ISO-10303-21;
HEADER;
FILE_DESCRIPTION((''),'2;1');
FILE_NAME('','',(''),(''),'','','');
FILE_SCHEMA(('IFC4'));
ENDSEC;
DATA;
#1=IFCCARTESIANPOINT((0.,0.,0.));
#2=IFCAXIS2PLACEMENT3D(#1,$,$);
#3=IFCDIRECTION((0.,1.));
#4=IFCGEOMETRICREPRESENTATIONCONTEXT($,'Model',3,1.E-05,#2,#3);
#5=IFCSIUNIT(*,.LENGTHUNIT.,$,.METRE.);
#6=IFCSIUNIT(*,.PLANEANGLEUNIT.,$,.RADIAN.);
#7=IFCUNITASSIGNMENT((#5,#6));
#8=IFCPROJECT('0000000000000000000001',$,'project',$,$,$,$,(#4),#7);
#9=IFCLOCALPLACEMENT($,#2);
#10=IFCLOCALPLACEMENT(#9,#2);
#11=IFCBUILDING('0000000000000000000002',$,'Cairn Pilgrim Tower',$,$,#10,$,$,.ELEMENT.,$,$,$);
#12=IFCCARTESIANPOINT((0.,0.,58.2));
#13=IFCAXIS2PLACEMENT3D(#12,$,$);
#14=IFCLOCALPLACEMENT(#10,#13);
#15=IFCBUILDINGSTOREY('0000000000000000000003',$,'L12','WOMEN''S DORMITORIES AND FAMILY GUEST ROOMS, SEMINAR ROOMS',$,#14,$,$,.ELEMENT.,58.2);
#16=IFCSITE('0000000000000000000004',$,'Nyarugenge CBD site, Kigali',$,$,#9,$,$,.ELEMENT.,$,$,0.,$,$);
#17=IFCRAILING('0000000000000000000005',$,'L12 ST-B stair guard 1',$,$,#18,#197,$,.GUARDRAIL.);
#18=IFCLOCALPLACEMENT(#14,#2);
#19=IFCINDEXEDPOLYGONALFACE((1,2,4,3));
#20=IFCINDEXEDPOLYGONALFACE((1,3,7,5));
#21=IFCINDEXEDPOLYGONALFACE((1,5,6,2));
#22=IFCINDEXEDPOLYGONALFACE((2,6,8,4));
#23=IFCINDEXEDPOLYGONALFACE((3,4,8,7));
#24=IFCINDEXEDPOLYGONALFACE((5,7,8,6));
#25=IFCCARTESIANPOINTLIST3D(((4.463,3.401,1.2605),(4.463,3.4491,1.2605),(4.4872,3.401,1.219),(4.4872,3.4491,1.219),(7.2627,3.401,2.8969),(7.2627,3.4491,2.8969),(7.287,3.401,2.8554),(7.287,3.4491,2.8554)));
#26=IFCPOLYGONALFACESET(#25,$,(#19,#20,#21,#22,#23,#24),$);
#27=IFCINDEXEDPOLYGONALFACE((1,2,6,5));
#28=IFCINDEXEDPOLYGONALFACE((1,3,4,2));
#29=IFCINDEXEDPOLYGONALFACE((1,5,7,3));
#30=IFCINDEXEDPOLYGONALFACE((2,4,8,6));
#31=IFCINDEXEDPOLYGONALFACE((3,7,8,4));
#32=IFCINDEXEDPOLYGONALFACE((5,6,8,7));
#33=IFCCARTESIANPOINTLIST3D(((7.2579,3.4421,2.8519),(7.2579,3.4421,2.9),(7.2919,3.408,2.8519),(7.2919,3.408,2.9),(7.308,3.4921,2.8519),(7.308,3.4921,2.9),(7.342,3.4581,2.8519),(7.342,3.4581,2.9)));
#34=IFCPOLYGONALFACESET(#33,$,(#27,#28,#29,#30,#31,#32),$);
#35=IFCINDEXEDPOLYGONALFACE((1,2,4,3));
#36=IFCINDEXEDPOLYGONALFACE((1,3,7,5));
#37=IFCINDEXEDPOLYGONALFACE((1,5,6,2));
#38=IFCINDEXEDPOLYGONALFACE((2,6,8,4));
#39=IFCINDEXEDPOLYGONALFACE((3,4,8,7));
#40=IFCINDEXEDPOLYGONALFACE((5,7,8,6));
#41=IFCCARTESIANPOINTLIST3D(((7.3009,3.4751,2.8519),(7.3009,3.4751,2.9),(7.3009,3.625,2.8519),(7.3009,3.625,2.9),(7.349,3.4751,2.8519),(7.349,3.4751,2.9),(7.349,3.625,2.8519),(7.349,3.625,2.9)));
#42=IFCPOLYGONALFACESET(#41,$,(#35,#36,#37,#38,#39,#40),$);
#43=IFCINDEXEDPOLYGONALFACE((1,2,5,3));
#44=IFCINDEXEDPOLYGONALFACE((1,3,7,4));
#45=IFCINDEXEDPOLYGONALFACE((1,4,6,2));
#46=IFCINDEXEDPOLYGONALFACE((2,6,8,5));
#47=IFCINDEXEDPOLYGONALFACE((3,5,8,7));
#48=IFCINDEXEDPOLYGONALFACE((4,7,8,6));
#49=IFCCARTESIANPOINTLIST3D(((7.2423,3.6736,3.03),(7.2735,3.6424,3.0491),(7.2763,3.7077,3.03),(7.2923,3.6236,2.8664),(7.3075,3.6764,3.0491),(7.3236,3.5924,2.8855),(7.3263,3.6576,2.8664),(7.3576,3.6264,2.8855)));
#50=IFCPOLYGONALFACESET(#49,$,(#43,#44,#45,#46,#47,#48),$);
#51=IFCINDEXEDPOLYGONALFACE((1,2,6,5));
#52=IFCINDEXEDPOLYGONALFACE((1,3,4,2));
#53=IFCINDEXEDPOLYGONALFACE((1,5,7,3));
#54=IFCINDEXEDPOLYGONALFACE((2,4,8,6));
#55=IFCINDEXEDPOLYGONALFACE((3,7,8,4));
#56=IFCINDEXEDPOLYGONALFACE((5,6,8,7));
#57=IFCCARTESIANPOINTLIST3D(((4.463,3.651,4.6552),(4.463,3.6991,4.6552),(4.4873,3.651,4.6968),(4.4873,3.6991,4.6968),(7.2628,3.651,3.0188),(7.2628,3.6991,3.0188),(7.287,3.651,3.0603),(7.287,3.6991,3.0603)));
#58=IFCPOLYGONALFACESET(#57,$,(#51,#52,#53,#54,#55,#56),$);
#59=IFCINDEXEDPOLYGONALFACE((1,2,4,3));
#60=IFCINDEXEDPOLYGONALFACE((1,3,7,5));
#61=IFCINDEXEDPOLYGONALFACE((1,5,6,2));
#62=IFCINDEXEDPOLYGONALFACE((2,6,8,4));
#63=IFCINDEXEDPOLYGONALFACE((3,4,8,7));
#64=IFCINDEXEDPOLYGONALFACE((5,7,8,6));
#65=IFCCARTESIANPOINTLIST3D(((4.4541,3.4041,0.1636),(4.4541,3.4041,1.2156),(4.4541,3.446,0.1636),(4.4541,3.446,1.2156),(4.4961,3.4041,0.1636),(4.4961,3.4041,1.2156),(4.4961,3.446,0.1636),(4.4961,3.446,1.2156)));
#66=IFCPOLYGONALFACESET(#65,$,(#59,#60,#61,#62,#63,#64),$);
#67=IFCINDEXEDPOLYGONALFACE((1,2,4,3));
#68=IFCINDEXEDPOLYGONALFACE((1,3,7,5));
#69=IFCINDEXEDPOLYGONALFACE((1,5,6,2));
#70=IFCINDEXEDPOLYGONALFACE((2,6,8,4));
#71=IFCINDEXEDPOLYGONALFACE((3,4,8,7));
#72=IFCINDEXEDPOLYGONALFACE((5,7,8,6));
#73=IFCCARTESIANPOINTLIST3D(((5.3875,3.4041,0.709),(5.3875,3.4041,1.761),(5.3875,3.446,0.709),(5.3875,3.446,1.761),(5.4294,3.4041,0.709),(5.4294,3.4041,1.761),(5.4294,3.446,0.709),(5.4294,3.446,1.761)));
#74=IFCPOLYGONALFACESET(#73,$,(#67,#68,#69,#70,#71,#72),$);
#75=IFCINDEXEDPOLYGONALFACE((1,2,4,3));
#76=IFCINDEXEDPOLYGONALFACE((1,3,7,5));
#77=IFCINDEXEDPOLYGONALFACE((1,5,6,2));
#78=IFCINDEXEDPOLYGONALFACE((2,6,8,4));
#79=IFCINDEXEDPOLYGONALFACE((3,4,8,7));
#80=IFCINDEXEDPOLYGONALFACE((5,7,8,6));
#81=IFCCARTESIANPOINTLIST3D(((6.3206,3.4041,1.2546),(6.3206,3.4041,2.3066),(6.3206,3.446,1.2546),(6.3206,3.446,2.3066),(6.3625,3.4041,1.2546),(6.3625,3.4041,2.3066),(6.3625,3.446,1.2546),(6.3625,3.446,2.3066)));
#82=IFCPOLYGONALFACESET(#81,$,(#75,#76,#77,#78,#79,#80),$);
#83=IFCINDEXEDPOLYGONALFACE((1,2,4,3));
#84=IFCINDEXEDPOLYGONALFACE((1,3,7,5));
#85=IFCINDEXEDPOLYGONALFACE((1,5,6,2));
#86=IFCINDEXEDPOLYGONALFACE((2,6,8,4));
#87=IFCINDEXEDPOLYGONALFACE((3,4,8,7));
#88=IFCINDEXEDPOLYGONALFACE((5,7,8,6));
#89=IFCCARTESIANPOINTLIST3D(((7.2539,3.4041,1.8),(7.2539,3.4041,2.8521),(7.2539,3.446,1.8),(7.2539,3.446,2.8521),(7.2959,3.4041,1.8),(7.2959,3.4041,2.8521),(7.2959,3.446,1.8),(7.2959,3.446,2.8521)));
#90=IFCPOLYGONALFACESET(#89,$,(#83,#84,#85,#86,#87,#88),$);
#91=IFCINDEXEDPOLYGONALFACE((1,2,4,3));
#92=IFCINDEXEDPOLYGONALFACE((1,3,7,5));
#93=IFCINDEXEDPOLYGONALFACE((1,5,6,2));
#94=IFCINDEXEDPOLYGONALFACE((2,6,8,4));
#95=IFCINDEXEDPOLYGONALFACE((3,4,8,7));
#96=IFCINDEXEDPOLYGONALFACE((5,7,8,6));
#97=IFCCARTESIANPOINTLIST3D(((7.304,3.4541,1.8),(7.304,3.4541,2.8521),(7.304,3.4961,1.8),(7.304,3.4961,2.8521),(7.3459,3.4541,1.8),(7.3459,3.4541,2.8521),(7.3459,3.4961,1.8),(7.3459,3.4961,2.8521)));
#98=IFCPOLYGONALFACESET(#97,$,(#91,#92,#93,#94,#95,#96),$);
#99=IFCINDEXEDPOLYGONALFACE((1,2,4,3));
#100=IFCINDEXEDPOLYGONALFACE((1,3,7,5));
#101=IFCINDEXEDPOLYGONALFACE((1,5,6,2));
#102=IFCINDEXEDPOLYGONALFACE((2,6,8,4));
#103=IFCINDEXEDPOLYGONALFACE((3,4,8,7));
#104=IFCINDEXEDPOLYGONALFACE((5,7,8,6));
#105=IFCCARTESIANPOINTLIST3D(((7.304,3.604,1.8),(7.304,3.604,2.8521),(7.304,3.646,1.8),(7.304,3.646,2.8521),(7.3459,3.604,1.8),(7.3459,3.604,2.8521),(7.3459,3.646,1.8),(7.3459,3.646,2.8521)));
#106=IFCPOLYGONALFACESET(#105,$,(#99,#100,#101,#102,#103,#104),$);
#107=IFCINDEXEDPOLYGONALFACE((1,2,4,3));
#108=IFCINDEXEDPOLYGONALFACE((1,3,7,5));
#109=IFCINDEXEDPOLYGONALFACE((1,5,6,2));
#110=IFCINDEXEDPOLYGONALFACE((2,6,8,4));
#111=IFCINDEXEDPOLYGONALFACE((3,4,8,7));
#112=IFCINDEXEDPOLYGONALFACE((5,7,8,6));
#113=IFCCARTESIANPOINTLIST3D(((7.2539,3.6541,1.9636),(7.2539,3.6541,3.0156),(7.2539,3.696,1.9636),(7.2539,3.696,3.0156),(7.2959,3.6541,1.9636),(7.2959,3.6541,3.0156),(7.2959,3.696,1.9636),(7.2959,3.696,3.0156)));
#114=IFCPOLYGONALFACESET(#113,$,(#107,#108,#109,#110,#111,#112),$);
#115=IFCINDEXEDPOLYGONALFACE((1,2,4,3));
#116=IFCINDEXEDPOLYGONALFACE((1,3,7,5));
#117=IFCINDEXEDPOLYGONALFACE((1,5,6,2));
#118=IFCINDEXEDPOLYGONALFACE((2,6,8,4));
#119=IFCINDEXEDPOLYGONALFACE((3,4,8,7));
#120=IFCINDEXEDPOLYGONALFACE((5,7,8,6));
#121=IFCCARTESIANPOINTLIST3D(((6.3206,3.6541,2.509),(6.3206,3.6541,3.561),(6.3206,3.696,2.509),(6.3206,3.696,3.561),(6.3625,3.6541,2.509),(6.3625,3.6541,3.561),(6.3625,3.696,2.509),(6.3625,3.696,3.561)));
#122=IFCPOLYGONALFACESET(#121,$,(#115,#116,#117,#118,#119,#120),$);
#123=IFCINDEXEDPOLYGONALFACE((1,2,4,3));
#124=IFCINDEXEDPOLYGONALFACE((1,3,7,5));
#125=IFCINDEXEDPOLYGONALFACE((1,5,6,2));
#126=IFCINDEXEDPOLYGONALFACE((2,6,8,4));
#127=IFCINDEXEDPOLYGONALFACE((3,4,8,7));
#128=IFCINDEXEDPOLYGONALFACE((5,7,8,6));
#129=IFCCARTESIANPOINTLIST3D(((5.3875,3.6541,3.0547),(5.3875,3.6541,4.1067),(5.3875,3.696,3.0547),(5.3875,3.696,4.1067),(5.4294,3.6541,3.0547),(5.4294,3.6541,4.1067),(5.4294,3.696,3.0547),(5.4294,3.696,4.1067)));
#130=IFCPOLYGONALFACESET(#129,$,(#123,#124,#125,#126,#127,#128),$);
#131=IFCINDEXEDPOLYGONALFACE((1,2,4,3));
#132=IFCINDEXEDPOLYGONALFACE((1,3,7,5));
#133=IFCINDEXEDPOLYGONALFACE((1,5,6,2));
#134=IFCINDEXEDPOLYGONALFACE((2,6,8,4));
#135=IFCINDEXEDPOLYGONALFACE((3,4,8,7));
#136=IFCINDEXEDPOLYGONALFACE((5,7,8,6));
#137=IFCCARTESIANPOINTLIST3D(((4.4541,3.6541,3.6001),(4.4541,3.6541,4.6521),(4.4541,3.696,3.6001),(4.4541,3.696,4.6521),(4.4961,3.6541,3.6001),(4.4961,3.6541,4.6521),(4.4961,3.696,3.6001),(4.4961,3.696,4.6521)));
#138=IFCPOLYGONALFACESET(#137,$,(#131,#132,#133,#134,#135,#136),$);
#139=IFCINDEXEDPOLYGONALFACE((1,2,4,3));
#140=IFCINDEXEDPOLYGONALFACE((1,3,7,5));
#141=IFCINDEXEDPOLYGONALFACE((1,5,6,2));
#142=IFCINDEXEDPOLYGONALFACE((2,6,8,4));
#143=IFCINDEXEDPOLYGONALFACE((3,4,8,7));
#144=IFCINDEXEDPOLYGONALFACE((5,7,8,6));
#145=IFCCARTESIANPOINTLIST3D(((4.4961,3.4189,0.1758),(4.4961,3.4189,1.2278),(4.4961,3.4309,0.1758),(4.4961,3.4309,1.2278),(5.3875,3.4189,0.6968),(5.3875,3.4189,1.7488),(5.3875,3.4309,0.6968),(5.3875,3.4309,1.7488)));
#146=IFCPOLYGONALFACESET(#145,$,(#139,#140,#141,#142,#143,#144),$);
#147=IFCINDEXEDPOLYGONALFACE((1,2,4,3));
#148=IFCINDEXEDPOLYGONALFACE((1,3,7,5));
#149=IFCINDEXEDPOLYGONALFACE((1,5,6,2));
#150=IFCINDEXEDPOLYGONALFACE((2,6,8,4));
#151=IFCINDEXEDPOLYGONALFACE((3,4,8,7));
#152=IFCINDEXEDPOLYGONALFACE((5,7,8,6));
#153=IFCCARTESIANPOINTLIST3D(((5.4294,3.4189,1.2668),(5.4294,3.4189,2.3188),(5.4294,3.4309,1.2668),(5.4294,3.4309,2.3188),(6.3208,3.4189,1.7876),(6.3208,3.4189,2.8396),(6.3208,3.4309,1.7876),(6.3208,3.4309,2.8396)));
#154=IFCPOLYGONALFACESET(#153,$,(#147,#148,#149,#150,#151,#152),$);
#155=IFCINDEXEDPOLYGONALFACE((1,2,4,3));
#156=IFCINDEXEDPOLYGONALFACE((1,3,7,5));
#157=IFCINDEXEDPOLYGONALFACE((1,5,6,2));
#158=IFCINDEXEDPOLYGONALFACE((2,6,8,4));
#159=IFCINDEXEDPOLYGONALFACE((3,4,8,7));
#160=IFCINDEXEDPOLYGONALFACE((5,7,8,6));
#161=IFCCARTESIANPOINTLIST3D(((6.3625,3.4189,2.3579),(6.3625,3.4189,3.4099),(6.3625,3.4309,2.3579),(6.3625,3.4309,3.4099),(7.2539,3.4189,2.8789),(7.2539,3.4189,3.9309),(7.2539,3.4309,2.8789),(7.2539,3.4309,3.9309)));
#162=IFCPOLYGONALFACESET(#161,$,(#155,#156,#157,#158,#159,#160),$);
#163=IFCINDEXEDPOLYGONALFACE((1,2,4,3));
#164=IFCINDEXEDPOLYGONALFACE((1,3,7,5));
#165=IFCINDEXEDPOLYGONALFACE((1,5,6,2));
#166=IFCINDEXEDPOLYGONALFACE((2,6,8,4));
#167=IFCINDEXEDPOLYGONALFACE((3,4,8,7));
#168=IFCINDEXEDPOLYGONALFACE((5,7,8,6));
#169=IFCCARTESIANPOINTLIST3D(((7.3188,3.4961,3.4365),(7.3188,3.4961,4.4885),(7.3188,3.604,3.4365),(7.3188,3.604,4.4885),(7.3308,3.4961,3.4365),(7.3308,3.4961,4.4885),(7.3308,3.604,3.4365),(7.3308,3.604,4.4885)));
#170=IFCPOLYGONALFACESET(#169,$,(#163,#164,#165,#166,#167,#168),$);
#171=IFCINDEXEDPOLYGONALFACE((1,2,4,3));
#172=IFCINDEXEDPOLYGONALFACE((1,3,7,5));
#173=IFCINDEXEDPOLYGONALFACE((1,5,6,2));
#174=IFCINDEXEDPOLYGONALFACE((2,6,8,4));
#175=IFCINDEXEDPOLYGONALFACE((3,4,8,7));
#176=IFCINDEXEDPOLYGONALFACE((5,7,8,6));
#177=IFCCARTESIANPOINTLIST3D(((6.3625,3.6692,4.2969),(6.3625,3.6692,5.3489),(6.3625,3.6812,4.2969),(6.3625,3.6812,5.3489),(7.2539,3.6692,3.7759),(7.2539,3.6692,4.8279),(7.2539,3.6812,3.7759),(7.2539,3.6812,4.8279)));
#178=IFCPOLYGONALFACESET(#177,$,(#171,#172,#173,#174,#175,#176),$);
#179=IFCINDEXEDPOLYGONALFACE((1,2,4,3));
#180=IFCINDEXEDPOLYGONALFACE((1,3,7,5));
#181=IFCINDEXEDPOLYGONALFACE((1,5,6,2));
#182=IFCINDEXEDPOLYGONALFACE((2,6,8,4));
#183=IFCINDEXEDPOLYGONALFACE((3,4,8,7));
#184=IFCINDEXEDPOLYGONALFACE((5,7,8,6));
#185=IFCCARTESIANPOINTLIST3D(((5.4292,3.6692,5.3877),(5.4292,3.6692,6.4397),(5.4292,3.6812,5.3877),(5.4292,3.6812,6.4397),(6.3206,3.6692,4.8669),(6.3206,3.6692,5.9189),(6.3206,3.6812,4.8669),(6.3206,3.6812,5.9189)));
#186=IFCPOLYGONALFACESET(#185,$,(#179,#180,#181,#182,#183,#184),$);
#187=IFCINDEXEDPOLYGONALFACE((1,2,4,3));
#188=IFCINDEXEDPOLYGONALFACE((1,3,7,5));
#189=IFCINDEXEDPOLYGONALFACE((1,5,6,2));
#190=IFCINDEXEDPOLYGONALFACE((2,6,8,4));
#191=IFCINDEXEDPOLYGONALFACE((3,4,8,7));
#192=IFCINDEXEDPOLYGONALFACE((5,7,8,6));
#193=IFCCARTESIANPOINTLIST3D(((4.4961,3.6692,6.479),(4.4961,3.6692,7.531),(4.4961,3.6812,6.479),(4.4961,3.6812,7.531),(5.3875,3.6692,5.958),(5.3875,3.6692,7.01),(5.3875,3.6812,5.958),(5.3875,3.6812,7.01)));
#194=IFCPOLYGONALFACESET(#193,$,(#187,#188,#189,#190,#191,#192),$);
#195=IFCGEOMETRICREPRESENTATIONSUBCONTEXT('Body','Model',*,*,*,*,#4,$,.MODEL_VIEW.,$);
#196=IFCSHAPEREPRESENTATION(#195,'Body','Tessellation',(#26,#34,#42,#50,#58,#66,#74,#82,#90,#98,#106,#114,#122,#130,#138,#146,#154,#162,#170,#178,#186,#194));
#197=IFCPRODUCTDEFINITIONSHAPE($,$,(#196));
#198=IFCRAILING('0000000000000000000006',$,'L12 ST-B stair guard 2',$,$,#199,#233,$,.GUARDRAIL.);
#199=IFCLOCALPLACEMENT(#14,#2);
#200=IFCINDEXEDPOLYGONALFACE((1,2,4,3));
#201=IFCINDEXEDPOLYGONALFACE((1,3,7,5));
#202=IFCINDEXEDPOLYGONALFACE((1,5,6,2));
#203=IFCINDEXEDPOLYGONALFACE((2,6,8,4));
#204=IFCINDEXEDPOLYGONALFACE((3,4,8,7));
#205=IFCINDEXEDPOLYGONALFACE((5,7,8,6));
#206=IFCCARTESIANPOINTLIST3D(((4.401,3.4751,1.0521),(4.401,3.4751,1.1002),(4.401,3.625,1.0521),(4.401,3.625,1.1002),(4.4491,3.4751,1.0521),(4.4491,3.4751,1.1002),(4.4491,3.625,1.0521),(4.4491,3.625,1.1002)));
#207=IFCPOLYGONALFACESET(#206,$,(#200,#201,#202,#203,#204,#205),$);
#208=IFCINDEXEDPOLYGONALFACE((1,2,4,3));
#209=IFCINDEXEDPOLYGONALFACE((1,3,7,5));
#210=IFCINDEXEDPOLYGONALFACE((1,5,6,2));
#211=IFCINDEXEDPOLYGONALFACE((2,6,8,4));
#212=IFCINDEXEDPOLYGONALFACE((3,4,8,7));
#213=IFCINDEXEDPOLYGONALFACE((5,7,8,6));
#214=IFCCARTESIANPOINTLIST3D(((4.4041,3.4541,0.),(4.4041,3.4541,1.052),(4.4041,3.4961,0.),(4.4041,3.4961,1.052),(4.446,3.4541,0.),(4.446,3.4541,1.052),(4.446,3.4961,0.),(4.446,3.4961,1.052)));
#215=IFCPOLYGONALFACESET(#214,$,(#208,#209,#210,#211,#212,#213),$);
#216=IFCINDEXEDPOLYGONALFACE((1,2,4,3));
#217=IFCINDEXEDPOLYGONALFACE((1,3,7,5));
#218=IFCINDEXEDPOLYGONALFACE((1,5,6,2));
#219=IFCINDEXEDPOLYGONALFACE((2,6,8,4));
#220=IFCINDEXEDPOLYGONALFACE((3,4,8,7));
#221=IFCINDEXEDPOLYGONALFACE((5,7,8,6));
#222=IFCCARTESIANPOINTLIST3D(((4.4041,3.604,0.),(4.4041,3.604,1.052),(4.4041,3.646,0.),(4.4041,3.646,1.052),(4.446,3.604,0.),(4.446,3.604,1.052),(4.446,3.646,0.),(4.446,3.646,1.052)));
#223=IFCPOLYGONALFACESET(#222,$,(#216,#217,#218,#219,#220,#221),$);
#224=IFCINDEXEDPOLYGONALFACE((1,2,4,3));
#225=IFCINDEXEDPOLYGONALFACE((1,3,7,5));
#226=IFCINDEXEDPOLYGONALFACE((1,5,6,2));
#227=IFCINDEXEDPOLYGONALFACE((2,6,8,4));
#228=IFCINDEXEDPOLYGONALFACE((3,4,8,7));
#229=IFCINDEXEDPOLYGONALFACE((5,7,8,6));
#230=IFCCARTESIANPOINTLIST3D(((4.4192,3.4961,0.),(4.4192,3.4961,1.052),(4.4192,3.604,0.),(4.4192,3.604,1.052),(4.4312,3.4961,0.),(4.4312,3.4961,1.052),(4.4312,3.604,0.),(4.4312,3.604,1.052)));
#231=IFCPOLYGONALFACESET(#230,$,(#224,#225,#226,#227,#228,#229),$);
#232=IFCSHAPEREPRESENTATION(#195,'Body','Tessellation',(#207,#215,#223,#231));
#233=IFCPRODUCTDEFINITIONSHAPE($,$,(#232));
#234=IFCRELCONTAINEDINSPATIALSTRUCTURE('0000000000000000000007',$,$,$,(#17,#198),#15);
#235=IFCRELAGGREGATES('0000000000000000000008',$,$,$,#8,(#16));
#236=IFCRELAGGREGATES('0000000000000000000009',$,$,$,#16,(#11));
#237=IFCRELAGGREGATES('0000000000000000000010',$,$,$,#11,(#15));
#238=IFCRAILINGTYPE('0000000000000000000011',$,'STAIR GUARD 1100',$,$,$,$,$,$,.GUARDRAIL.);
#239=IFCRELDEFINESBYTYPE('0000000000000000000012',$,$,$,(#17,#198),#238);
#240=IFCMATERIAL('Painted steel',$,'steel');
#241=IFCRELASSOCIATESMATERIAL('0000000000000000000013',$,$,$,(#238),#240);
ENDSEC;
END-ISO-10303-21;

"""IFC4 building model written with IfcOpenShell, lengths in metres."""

from ifc_helpers import new_model, si_unit, direction, frame, origin, origin_2d, place, context, subcontext, project, spatial, polyline, rectangle, outline, extrude, material, type_object, element, save


model = new_model("IFC4")

# Units and contexts
model_context = context("Model", 3, precision=1e-05, world=origin(), true_north=direction((0.0, 1.0)))
body_context = subcontext(model_context, "Body", "Model", "MODEL_VIEW")
ifc_project = project(units=[si_unit("LENGTHUNIT", "METRE"), si_unit("PLANEANGLEUNIT", "RADIAN")], contexts=[model_context])

# Site, building, storey
site_placement = place(None, origin())
site = spatial("IfcSite", under=ifc_project, at=site_placement, Name="Nyarugenge CBD site, Kigali", CompositionType="ELEMENT", RefElevation=0.0)
building_placement = place(site_placement, origin())
building = spatial("IfcBuilding", under=site, at=building_placement, Name="Cairn Pilgrim Tower", CompositionType="ELEMENT")
storey_placement = place(building_placement, frame((0.0, 0.0, 58.2)))
storey = spatial("IfcBuildingStorey", under=building, at=storey_placement, Name="L12", Description="WOMEN'S DORMITORIES AND FAMILY GUEST ROOMS, SEMINAR ROOMS", CompositionType="ELEMENT", Elevation=58.2)

# Shared definitions
ifc_material_1 = material(Name="Painted steel", Category="steel")

# Railings
railing_type_1 = type_object("IfcRailingType", Name="STAIR GUARD 1100", PredefinedType="GUARDRAIL", material=ifc_material_1)
railing_1_placement = place(storey_placement, frame((4.4751, 3.425, 0.1636)))
element("IfcRailing", 1, at=railing_1_placement, inside=storey, type_object=railing_type_1, Name="L12 ST-B stair guard 1", PredefinedType="GUARDRAIL", context=body_context, shape_type="SweptSolid", body=[
    extrude(rectangle(XDim=0.0481, YDim=0.0481, at=origin_2d()), frame((0.0, 0.0, 1.0762), z_axis=(0.863342, 0.0, 0.50462), x_axis=(0.0, 1.0, 0.0)), (0.0, 0.0, 1.0), 3.2429),
    extrude(rectangle(XDim=0.0481, YDim=0.0481, at=origin_2d()), frame((2.7998, 0.0, 2.7124), z_axis=(0.707107, 0.707107, 0.0), x_axis=(-0.707107, 0.707107, 0.0)), (0.0, 0.0, 1.0), 0.0708),
    extrude(rectangle(XDim=0.0481, YDim=0.0481, at=origin_2d()), frame((2.8499, 0.05, 2.7124), z_axis=(0.0, 1.0, 0.0), x_axis=(-1.0, 0.0, 0.0)), (0.0, 0.0, 1.0), 0.1499),
    extrude(rectangle(XDim=0.0481, YDim=0.0481, at=origin_2d()), frame((2.8499, 0.2, 2.7124), z_axis=(-0.280809, 0.280809, 0.917765), x_axis=(-0.707107, -0.707107, 0.0)), (0.0, 0.0, 1.0), 0.1782),
    extrude(rectangle(XDim=0.0481, YDim=0.0481, at=origin_2d()), frame((2.7998, 0.25, 2.876), z_axis=(-0.863342, 0.0, 0.50462), x_axis=(0.0, -1.0, 0.0)), (0.0, 0.0, 1.0), 3.2429),
    extrude(rectangle(XDim=0.042, YDim=0.042, at=origin_2d()), origin(), (0.0, 0.0, 1.0), 1.052),
    extrude(rectangle(XDim=0.042, YDim=0.042, at=origin_2d()), frame((0.9333, 0.0, 0.5454)), (0.0, 0.0, 1.0), 1.052),
    extrude(rectangle(XDim=0.042, YDim=0.042, at=origin_2d()), frame((1.8665, 0.0, 1.0911)), (0.0, 0.0, 1.0), 1.052),
    extrude(rectangle(XDim=0.042, YDim=0.042, at=origin_2d()), frame((2.7998, 0.0, 1.6365)), (0.0, 0.0, 1.0), 1.052),
    extrude(rectangle(XDim=0.042, YDim=0.042, at=origin_2d()), frame((2.8499, 0.05, 1.6365)), (0.0, 0.0, 1.0), 1.052),
    extrude(rectangle(XDim=0.042, YDim=0.042, at=origin_2d()), frame((2.8499, 0.2, 1.6365)), (0.0, 0.0, 1.0), 1.052),
    extrude(rectangle(XDim=0.042, YDim=0.042, at=origin_2d()), frame((2.7998, 0.25, 1.8)), (0.0, 0.0, 1.0), 1.052),
    extrude(rectangle(XDim=0.042, YDim=0.042, at=origin_2d()), frame((1.8665, 0.25, 2.3455)), (0.0, 0.0, 1.0), 1.052),
    extrude(rectangle(XDim=0.042, YDim=0.042, at=origin_2d()), frame((0.9333, 0.25, 2.8911)), (0.0, 0.0, 1.0), 1.052),
    extrude(rectangle(XDim=0.042, YDim=0.042, at=origin_2d()), frame((0.0, 0.25, 3.4365)), (0.0, 0.0, 1.0), 1.052),
    extrude(outline(polyline([(0.021, 0.0122), (0.9124, 0.5332), (0.9124, 1.5852), (0.021, 1.0642), (0.021, 0.0122)])), frame((0.0, 0.0059, 0.0), z_axis=(0.0, -1.0, 0.0), x_axis=(1.0, 0.0, 0.0)), (0.0, 0.0, 1.0), 0.012),
    extrude(outline(polyline([(0.021, 0.5579), (0.9124, 1.0786), (0.9124, 2.1306), (0.021, 1.6099), (0.021, 0.5579)])), frame((0.9333, 0.0059, 0.5454), z_axis=(0.0, -1.0, 0.0), x_axis=(1.0, 0.0, 0.0)), (0.0, 0.0, 1.0), 0.012),
    extrude(outline(polyline([(0.021, 1.1033), (0.9124, 1.6243), (0.9124, 2.6763), (0.021, 2.1553), (0.021, 1.1033)])), frame((1.8665, 0.0059, 1.0911), z_axis=(0.0, -1.0, 0.0), x_axis=(1.0, 0.0, 0.0)), (0.0, 0.0, 1.0), 0.012),
    extrude(outline(polyline([(0.021, 1.6365), (0.1289, 1.6365), (0.1289, 2.6885), (0.021, 2.6885), (0.021, 1.6365)])), frame((2.8438, 0.05, 1.6365), z_axis=(1.0, 0.0, 0.0), x_axis=(0.0, 1.0, 0.0)), (0.0, 0.0, 1.0), 0.012),
    extrude(outline(polyline([(0.021, 1.8123), (0.9124, 2.3333), (0.9124, 3.3853), (0.021, 2.8643), (0.021, 1.8123)])), frame((2.7998, 0.2441, 1.8), z_axis=(0.0, 1.0, 0.0), x_axis=(-1.0, 0.0, 0.0)), (0.0, 0.0, 1.0), 0.012),
    extrude(outline(polyline([(0.021, 2.3579), (0.9124, 2.8787), (0.9124, 3.9307), (0.021, 3.4099), (0.021, 2.3579)])), frame((1.8665, 0.2441, 2.3455), z_axis=(0.0, 1.0, 0.0), x_axis=(-1.0, 0.0, 0.0)), (0.0, 0.0, 1.0), 0.012),
    extrude(outline(polyline([(0.021, 2.9033), (0.9124, 3.4243), (0.9124, 4.4763), (0.021, 3.9553), (0.021, 2.9033)])), frame((0.9333, 0.2441, 2.8911), z_axis=(0.0, 1.0, 0.0), x_axis=(-1.0, 0.0, 0.0)), (0.0, 0.0, 1.0), 0.012),
])
railing_2_placement = place(storey_placement, frame((4.425, 3.4751, 0.0)))
element("IfcRailing", 2, at=railing_2_placement, inside=storey, type_object=railing_type_1, Name="L12 ST-B stair guard 2", PredefinedType="GUARDRAIL", context=body_context, shape_type="SweptSolid", body=[
    extrude(rectangle(XDim=0.0481, YDim=0.0481, at=origin_2d()), frame((0.0, 0.0, 1.0762), z_axis=(0.0, 1.0, 0.0), x_axis=(-1.0, 0.0, 0.0)), (0.0, 0.0, 1.0), 0.1499),
    extrude(rectangle(XDim=0.042, YDim=0.042, at=origin_2d()), origin(), (0.0, 0.0, 1.0), 1.052),
    extrude(rectangle(XDim=0.042, YDim=0.042, at=origin_2d()), frame((0.0, 0.1499, 0.0)), (0.0, 0.0, 1.0), 1.052),
    extrude(outline(polyline([(0.021, 0.0), (0.1289, 0.0), (0.1289, 1.052), (0.021, 1.052), (0.021, 0.0)])), frame((-0.0059, 0.0, 0.0), z_axis=(1.0, 0.0, 0.0), x_axis=(0.0, 1.0, 0.0)), (0.0, 0.0, 1.0), 0.012),
])

save(model, "model.ifc")
